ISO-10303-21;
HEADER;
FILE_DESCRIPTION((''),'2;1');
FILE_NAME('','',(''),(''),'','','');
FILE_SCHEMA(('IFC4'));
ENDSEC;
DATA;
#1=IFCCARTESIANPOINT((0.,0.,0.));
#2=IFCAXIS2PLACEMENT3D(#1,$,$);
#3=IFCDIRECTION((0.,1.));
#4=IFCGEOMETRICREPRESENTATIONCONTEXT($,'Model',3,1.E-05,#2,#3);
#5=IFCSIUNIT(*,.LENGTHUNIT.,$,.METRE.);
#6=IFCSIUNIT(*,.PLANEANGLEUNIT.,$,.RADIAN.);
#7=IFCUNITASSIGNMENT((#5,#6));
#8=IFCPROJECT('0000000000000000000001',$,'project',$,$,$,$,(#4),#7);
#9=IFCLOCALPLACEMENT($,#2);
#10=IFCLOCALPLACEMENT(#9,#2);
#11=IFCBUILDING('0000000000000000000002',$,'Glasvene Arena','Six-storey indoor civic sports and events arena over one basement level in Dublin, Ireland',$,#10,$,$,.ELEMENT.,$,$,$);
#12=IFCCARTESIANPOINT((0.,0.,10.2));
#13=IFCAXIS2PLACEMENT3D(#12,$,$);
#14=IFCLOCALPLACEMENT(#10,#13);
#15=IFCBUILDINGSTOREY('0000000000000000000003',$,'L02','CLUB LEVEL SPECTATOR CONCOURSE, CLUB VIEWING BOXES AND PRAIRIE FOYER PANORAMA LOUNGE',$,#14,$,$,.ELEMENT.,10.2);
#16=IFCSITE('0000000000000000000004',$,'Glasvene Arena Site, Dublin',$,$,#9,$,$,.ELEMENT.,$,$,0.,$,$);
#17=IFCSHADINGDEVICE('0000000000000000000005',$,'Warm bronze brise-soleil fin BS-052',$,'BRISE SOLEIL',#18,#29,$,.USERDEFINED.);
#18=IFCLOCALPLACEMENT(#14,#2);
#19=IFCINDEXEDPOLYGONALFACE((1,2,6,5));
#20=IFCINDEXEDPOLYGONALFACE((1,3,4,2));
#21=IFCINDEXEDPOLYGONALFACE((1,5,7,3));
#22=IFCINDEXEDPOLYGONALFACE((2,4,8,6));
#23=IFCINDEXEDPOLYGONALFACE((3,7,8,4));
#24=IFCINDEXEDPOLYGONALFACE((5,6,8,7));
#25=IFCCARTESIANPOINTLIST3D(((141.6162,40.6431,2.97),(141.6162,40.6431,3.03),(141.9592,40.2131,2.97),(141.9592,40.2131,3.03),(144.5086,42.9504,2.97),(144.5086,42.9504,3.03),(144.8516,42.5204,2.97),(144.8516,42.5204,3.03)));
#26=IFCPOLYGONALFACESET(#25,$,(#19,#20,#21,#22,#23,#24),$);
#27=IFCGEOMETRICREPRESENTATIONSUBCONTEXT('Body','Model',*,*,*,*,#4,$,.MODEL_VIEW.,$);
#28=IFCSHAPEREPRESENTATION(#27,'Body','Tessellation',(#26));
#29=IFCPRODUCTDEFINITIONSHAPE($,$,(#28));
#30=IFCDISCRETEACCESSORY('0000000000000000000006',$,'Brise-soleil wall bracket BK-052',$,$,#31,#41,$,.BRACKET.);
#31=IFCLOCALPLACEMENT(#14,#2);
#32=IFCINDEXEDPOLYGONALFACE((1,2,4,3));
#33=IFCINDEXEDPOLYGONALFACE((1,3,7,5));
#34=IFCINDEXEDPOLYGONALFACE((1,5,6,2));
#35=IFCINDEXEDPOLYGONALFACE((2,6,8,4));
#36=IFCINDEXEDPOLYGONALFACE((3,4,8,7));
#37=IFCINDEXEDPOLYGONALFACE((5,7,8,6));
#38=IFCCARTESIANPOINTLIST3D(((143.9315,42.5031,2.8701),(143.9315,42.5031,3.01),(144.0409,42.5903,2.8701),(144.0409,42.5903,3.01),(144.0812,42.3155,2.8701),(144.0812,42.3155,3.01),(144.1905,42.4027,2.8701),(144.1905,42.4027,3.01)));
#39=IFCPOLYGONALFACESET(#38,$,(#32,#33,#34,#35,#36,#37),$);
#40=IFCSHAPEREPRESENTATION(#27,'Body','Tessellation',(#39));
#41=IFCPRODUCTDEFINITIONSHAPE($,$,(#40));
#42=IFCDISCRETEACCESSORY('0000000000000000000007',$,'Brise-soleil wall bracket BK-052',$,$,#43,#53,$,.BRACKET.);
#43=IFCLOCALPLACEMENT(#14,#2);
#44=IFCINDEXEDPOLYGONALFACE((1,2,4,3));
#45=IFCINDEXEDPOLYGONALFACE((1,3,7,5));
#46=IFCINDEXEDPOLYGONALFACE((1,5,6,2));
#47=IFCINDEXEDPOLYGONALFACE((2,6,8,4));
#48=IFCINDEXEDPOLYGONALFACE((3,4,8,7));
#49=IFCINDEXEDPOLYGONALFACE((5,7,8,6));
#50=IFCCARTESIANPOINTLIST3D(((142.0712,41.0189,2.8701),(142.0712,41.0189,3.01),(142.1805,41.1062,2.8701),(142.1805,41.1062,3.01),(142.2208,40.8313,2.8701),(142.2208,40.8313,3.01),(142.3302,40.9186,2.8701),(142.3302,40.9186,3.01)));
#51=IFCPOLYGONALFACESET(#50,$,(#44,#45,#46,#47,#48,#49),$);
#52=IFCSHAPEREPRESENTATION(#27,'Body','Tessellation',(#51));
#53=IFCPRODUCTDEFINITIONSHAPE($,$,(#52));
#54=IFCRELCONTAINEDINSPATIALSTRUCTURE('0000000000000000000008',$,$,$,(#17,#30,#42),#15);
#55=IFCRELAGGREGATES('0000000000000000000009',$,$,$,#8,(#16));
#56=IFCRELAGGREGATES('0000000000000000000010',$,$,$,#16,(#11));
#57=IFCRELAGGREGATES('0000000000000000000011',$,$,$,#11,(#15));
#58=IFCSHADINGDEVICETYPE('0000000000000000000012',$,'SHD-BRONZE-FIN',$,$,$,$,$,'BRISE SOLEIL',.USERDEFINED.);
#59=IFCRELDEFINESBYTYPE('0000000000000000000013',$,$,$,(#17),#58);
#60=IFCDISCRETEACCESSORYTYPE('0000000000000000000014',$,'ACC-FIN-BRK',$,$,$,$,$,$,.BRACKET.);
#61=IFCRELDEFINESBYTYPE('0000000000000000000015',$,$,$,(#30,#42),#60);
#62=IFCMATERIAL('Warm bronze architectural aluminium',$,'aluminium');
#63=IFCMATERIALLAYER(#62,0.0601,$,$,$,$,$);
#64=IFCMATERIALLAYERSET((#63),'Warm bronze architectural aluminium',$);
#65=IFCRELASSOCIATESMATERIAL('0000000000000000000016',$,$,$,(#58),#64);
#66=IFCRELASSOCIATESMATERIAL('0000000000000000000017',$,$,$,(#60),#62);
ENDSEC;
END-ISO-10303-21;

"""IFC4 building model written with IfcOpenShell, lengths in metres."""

from ifc_helpers import new_model, si_unit, direction, frame, origin, origin_2d, place, context, subcontext, project, spatial, rectangle, extrude, material, layer, layer_set, type_object, element, save


model = new_model("IFC4")

# Units and contexts
model_context = context("Model", 3, precision=1e-05, world=origin(), true_north=direction((0.0, 1.0)))
body_context = subcontext(model_context, "Body", "Model", "MODEL_VIEW")
ifc_project = project(units=[si_unit("LENGTHUNIT", "METRE"), si_unit("PLANEANGLEUNIT", "RADIAN")], contexts=[model_context])

# Site, building, storey
site_placement = place(None, origin())
site = spatial("IfcSite", under=ifc_project, at=site_placement, Name="Glasvene Arena Site, Dublin", CompositionType="ELEMENT", RefElevation=0.0)
building_placement = place(site_placement, origin())
building = spatial("IfcBuilding", under=site, at=building_placement, Name="Glasvene Arena", Description="Six-storey indoor civic sports and events arena over one basement level in Dublin, Ireland", CompositionType="ELEMENT")
storey_placement = place(building_placement, frame((0.0, 0.0, 10.2)))
storey = spatial("IfcBuildingStorey", under=building, at=storey_placement, Name="L02", Description="CLUB LEVEL SPECTATOR CONCOURSE, CLUB VIEWING BOXES AND PRAIRIE FOYER PANORAMA LOUNGE", CompositionType="ELEMENT", Elevation=10.2)

# Shading device
ifc_material_1 = material(Name="Warm bronze architectural aluminium", Category="aluminium")
ifc_layer_1 = layer(ifc_material_1, 0.0601)
ifc_layer_set_1 = layer_set([ifc_layer_1], Name="Warm bronze architectural aluminium")
shading_device_type = type_object("IfcShadingDeviceType", Name="SHD-BRONZE-FIN", ElementType="BRISE SOLEIL", PredefinedType="USERDEFINED", material=ifc_layer_set_1)
shading_device_placement = place(storey_placement, frame((143.2339, 41.5818, 2.97), z_axis=(0.0, 0.0, 1.0), x_axis=(-0.781738, -0.623607, 0.0)))
element("IfcShadingDevice", 1, at=shading_device_placement, inside=storey, type_object=shading_device_type, Name="Warm bronze brise-soleil fin BS-052", ObjectType="BRISE SOLEIL", PredefinedType="USERDEFINED", context=body_context, shape_type="SweptSolid", body=[
    extrude(rectangle(XDim=3.7, YDim=0.55, at=origin_2d()), origin(), (0.0, 0.0, 1.0), 0.0601),
])

# Discrete accessories
discrete_accessory_type = type_object("IfcDiscreteAccessoryType", Name="ACC-FIN-BRK", PredefinedType="BRACKET", material=ifc_material_1)
for number, where, z_axis, x_axis, name in (
    (2, (144.061, 42.4529, 2.8701), (0.0, 0.0, 1.0), (-0.781738, -0.623607, 0.0), "Brise-soleil wall bracket BK-052"),
    (3, (142.2007, 40.9688, 2.8701), (0.0, 0.0, 1.0), (-0.781738, -0.623607, 0.0), "Brise-soleil wall bracket BK-052"),
):
    element("IfcDiscreteAccessory", number, at=place(storey_placement, frame(where, z_axis=z_axis, x_axis=x_axis)), inside=storey, type_object=discrete_accessory_type, Name=name, PredefinedType="BRACKET", context=body_context, shape_type="SweptSolid", body=[
        extrude(rectangle(XDim=0.1399, YDim=0.24, at=origin_2d()), origin(), (0.0, 0.0, 1.0), 0.1399),
    ])

save(model, "model.ifc")
